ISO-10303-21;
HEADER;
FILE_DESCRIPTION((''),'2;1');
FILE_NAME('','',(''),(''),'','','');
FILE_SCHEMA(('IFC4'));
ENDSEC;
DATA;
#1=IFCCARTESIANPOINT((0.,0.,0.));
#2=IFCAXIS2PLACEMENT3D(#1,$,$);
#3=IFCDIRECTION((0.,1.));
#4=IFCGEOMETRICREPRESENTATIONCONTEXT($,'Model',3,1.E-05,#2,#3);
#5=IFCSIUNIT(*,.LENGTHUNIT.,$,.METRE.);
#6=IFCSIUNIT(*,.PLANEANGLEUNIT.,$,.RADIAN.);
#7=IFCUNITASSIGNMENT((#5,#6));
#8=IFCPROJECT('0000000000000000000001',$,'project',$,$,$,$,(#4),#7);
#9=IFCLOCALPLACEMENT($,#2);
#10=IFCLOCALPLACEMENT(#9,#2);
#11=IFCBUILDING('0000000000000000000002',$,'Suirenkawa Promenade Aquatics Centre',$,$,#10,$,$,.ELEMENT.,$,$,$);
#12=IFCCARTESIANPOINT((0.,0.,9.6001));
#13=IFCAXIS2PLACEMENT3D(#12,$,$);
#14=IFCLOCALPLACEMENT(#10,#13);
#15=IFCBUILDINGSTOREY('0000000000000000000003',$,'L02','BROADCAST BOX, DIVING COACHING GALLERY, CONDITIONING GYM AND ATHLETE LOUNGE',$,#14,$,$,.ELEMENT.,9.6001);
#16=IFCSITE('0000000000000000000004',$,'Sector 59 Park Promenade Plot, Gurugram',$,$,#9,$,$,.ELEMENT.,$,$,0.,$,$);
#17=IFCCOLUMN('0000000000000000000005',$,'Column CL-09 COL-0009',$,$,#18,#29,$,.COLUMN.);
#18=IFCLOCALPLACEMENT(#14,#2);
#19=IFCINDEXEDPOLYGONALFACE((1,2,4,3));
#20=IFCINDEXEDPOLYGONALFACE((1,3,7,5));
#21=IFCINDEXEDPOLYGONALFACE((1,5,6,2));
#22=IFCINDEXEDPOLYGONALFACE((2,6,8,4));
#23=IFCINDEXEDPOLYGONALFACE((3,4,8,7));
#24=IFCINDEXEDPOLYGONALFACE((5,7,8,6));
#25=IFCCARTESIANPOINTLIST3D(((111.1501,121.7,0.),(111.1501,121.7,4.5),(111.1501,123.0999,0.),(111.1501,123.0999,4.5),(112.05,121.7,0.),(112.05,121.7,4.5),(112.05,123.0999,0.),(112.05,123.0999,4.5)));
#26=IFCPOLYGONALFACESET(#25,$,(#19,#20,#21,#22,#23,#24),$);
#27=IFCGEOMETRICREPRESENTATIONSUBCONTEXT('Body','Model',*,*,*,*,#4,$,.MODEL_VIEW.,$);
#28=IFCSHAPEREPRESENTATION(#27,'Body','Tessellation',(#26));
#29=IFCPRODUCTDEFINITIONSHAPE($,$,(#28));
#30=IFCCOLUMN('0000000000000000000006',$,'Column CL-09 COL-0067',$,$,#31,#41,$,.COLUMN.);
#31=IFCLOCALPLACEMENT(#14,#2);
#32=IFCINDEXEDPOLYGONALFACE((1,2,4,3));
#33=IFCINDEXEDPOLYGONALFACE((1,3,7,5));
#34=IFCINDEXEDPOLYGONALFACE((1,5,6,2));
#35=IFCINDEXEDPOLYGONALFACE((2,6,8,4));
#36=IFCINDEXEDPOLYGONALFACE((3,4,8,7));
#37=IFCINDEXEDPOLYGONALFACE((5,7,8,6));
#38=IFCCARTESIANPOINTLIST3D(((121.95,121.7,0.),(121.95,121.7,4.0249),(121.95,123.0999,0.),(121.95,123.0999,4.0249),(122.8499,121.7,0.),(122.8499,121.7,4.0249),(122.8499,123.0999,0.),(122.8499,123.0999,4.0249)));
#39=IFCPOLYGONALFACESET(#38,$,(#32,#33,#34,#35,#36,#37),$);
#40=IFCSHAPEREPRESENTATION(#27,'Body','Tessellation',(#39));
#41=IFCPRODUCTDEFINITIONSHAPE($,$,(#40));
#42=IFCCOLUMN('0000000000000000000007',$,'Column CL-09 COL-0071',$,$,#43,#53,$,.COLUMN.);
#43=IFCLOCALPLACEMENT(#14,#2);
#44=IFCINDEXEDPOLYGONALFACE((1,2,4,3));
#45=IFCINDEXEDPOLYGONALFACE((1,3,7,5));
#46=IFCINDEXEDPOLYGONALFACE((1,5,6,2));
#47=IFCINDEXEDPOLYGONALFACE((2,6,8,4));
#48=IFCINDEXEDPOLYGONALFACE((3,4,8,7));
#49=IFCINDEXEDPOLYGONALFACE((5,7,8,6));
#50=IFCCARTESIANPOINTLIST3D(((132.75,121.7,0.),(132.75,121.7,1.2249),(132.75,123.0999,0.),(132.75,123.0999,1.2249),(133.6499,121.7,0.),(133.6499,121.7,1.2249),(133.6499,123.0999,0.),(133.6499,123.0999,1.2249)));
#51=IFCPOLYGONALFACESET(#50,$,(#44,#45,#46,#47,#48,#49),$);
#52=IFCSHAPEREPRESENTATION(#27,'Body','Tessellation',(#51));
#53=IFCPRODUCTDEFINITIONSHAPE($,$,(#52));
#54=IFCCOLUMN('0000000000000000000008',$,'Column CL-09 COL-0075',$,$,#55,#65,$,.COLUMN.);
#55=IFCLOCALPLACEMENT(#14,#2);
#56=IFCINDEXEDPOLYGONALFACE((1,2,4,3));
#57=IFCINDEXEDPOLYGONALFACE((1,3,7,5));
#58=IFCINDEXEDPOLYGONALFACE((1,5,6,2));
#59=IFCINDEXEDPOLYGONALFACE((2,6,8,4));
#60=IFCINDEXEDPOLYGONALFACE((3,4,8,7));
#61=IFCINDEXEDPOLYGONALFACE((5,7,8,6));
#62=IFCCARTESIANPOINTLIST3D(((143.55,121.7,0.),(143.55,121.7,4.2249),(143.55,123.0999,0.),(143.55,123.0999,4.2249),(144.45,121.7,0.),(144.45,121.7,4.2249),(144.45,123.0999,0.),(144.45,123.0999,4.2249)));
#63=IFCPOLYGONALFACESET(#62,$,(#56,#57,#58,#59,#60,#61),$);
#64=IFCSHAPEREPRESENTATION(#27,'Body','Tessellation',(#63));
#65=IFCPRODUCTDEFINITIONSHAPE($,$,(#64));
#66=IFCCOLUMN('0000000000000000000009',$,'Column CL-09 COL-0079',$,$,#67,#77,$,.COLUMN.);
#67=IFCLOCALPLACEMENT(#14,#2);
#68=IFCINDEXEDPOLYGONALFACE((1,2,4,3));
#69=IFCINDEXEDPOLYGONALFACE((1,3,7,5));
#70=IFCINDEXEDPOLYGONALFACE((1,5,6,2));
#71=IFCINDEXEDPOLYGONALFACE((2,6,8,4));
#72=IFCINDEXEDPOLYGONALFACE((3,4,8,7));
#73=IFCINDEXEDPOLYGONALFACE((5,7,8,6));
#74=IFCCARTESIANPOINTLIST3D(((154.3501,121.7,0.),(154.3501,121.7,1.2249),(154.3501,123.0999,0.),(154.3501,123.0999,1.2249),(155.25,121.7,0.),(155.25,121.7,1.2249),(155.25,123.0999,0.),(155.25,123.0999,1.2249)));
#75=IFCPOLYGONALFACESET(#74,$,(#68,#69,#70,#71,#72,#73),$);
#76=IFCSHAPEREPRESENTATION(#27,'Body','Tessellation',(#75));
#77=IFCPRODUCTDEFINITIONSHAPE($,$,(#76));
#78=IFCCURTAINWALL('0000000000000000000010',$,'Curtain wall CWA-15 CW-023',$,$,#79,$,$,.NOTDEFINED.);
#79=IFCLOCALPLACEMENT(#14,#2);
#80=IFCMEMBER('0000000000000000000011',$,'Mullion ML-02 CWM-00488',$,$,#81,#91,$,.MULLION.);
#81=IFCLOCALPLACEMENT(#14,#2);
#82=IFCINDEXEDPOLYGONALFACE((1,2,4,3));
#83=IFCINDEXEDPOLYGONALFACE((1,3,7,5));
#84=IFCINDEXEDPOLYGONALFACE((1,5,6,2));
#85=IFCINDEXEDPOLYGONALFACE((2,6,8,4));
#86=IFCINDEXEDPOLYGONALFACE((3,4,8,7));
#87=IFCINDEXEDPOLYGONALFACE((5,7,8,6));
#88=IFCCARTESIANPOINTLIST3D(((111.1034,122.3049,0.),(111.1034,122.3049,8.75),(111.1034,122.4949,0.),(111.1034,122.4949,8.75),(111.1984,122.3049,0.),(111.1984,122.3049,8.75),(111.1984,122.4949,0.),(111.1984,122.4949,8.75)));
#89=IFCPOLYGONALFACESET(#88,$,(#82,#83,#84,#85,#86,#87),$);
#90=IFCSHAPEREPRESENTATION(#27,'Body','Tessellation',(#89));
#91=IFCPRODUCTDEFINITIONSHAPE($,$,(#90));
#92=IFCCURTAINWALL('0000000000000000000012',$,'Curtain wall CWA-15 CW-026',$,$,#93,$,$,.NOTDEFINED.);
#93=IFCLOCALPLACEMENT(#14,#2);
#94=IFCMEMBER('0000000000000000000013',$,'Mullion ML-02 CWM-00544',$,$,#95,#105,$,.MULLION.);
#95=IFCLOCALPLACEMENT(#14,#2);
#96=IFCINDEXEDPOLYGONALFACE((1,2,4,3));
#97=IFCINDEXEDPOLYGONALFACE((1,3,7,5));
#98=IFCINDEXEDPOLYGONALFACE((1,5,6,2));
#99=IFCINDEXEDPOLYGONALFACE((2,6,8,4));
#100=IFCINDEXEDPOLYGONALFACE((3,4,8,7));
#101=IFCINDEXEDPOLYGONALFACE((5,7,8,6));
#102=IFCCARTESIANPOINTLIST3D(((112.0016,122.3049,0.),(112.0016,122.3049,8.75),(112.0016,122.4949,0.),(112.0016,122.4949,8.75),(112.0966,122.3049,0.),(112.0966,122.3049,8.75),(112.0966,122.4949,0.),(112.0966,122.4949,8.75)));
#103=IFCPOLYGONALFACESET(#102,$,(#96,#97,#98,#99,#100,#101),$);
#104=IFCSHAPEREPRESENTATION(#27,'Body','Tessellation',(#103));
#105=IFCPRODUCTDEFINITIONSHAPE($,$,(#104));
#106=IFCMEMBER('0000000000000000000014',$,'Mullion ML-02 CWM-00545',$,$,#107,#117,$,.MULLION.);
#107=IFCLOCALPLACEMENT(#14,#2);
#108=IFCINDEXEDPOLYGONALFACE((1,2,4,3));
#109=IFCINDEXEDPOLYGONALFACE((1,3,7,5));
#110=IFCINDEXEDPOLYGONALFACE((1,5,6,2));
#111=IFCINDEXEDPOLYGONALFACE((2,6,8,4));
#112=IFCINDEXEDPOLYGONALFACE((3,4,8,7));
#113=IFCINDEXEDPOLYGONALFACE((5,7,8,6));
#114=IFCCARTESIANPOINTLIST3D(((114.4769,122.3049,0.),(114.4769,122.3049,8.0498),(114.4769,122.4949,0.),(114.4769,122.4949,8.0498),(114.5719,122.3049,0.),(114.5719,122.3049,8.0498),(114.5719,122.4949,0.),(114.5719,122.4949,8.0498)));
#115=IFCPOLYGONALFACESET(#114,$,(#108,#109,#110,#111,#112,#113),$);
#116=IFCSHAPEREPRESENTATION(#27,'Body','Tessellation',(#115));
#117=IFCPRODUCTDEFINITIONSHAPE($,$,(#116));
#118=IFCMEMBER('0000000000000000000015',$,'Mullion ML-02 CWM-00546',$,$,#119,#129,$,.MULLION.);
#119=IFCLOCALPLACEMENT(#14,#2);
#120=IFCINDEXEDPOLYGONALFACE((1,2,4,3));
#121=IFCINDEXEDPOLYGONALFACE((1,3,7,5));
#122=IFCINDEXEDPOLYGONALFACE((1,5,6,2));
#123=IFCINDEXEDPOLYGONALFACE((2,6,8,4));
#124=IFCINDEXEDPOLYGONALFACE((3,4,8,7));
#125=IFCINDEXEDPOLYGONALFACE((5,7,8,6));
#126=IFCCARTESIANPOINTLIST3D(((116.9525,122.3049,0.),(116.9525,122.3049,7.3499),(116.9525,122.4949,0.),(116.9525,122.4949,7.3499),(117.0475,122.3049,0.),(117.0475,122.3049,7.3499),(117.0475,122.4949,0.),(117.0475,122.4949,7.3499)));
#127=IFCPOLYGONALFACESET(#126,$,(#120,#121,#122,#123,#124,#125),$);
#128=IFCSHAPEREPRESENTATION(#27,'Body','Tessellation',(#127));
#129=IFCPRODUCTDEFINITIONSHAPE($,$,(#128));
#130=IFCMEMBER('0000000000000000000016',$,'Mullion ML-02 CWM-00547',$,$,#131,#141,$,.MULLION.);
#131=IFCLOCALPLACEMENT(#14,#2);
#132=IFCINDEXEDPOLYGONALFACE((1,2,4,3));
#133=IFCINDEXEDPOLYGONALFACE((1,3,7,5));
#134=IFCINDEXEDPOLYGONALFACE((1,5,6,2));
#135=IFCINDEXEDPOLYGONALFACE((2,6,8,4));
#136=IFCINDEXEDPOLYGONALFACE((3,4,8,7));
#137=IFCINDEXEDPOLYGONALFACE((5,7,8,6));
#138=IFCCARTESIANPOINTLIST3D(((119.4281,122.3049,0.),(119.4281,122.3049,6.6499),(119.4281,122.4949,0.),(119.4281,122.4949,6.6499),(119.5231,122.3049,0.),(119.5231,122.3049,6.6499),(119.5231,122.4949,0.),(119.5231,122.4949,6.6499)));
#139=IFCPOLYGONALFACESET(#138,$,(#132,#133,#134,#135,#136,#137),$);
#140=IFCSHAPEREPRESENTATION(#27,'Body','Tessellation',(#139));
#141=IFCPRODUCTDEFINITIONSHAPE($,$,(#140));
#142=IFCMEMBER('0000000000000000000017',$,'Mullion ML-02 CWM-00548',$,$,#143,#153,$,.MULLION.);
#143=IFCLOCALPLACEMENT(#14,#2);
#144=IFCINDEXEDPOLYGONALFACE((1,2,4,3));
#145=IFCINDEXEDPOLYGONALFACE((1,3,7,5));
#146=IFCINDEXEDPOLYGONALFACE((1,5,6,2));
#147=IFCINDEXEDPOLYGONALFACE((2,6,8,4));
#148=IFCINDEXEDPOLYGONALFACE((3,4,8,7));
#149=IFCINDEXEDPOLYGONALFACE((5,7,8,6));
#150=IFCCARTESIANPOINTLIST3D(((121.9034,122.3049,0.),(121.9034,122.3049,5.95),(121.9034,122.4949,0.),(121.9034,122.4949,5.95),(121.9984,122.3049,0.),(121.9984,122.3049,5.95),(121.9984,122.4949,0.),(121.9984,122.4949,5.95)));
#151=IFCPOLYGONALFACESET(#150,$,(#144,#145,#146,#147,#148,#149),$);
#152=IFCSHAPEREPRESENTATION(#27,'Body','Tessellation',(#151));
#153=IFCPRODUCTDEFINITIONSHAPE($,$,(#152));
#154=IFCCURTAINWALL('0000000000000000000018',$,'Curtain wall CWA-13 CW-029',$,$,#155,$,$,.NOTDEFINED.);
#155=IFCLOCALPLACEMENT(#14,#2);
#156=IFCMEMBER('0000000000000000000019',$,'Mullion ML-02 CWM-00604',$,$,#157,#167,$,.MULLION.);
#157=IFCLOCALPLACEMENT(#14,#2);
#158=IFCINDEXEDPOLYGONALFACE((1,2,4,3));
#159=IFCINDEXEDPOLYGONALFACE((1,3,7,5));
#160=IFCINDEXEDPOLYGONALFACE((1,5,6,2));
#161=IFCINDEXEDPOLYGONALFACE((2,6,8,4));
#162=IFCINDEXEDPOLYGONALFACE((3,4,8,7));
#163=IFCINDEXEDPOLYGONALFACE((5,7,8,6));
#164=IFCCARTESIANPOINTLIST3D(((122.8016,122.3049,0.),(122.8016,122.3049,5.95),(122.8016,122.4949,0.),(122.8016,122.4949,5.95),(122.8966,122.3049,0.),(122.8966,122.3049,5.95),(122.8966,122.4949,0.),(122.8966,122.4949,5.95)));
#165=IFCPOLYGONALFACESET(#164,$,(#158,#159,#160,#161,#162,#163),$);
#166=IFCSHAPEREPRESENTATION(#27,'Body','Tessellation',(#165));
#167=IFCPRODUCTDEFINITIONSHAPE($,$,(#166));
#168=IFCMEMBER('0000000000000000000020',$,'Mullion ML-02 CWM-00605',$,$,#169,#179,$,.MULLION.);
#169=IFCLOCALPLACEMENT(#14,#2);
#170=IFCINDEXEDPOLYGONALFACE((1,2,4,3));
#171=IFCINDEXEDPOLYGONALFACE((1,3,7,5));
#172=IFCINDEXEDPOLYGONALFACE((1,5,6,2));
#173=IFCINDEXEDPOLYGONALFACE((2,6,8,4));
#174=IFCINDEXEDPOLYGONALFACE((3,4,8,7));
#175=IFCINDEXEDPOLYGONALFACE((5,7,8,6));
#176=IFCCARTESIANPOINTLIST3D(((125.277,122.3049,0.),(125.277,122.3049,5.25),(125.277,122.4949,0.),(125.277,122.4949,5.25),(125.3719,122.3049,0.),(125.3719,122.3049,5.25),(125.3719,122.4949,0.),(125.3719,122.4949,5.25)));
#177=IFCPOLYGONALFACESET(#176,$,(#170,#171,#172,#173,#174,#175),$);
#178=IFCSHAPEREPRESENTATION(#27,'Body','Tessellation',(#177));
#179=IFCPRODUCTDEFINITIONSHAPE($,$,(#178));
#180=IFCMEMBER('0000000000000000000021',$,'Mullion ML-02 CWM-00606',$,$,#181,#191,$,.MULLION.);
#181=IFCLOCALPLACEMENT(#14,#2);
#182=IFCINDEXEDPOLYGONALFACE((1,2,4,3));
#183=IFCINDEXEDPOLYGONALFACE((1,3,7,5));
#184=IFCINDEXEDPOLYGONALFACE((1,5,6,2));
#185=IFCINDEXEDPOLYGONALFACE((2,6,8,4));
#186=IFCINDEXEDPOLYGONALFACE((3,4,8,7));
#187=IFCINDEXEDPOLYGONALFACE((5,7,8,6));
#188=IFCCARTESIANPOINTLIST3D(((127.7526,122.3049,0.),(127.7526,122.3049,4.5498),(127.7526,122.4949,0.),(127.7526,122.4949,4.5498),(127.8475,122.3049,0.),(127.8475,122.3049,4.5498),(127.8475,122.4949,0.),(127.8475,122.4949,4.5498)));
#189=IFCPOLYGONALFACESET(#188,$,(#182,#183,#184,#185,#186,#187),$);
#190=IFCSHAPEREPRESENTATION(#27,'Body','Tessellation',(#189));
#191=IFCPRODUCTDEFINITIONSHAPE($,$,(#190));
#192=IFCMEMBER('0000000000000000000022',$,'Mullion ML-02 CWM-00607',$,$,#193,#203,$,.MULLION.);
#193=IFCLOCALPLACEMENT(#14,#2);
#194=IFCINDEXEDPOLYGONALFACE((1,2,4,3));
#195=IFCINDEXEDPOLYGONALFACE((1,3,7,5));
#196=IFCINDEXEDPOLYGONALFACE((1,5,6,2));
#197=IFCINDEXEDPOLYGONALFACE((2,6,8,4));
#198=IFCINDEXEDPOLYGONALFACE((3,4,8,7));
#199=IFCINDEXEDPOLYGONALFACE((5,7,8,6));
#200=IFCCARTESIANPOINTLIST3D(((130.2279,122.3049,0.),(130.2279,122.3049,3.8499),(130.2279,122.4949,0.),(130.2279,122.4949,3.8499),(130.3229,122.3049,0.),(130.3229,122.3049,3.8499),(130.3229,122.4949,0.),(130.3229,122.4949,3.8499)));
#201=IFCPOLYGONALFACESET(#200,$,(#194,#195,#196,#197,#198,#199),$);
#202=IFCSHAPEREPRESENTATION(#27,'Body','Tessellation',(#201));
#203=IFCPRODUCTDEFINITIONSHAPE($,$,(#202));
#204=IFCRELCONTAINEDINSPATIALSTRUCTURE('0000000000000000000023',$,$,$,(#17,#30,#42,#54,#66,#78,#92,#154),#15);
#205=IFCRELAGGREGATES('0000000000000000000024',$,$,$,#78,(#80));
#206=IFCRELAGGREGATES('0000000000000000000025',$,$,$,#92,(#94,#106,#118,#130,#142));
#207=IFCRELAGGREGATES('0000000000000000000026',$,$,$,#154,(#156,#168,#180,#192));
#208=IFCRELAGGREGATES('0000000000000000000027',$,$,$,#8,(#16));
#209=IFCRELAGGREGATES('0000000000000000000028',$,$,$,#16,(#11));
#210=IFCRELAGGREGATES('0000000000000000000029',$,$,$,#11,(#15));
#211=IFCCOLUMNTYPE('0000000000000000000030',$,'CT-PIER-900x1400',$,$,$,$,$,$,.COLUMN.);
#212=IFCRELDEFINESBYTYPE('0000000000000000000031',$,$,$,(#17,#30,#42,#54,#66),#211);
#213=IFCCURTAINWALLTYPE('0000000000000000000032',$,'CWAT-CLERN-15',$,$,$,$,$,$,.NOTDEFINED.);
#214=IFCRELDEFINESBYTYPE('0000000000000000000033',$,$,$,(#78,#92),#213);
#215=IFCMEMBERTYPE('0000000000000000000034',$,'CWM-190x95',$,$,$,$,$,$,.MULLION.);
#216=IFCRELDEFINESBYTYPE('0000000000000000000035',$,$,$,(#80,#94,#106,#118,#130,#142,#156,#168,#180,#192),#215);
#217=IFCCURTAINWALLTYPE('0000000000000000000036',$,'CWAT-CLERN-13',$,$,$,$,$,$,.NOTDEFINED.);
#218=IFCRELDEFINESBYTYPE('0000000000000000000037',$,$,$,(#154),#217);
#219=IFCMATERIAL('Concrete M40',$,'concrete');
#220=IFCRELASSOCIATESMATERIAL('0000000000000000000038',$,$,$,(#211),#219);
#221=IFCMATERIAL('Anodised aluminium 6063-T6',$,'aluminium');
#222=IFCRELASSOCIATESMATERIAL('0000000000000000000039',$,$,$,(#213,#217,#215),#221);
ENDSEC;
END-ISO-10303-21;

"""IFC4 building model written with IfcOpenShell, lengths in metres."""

from ifc_helpers import new_model, si_unit, direction, frame, origin, origin_2d, place, context, subcontext, project, spatial, rectangle, extrude, material, material_profile, profile_set, type_object, element, aggregate, save


model = new_model("IFC4")

# Units and contexts
model_context = context("Model", 3, precision=1e-05, world=origin(), true_north=direction((0.0, 1.0)))
body_context = subcontext(model_context, "Body", "Model", "MODEL_VIEW")
ifc_project = project(units=[si_unit("LENGTHUNIT", "METRE"), si_unit("PLANEANGLEUNIT", "RADIAN")], contexts=[model_context])

# Site, building, storey
site_placement = place(None, origin())
site = spatial("IfcSite", under=ifc_project, at=site_placement, Name="Sector 59 Park Promenade Plot, Gurugram", CompositionType="ELEMENT", RefElevation=0.0)
building_placement = place(site_placement, origin())
building = spatial("IfcBuilding", under=site, at=building_placement, Name="Suirenkawa Promenade Aquatics Centre", CompositionType="ELEMENT")
storey_placement = place(building_placement, frame((0.0, 0.0, 9.6001)))
storey = spatial("IfcBuildingStorey", under=building, at=storey_placement, Name="L02", Description="BROADCAST BOX, DIVING COACHING GALLERY, CONDITIONING GYM AND ATHLETE LOUNGE", CompositionType="ELEMENT", Elevation=9.6001)

# Columns
ifc_material_1 = material(Name="Concrete M40", Category="concrete")
ifc_material_profile_1 = material_profile(ifc_material_1, rectangle(XDim=0.8999, YDim=1.3999, at=origin_2d()), Name="RC PIER 900x1400", Category="concrete")
ifc_profile_set_1 = profile_set([ifc_material_profile_1], Name="Concrete M40")
column_type = type_object("IfcColumnType", Name="CT-PIER-900x1400", PredefinedType="COLUMN", material=ifc_profile_set_1)
column_1_placement = place(storey_placement, frame((111.6001, 122.3999, 0.0), z_axis=(0.0, 0.0, 1.0), x_axis=(1.0, 0.0, 0.0)))
element("IfcColumn", 1, at=column_1_placement, inside=storey, type_object=column_type, Name="Column CL-09 COL-0009", PredefinedType="COLUMN", context=body_context, shape_type="SweptSolid", body=[
    extrude(rectangle(XDim=0.8999, YDim=1.3999, at=origin_2d()), origin(), (0.0, 0.0, 1.0), 4.5),
])
column_2_placement = place(storey_placement, frame((122.3999, 122.3999, 0.0), z_axis=(0.0, 0.0, 1.0), x_axis=(1.0, 0.0, 0.0)))
element("IfcColumn", 2, at=column_2_placement, inside=storey, type_object=column_type, Name="Column CL-09 COL-0067", PredefinedType="COLUMN", context=body_context, shape_type="SweptSolid", body=[
    extrude(rectangle(XDim=0.8999, YDim=1.3999, at=origin_2d()), origin(), (0.0, 0.0, 1.0), 4.0249),
])
column_3_placement = place(storey_placement, frame((133.2, 122.3999, 0.0), z_axis=(0.0, 0.0, 1.0), x_axis=(1.0, 0.0, 0.0)))
element("IfcColumn", 3, at=column_3_placement, inside=storey, type_object=column_type, Name="Column CL-09 COL-0071", PredefinedType="COLUMN", context=body_context, shape_type="SweptSolid", body=[
    extrude(rectangle(XDim=0.8999, YDim=1.3999, at=origin_2d()), origin(), (0.0, 0.0, 1.0), 1.2249),
])
column_4_placement = place(storey_placement, frame((144.0, 122.3999, 0.0), z_axis=(0.0, 0.0, 1.0), x_axis=(1.0, 0.0, 0.0)))
element("IfcColumn", 4, at=column_4_placement, inside=storey, type_object=column_type, Name="Column CL-09 COL-0075", PredefinedType="COLUMN", context=body_context, shape_type="SweptSolid", body=[
    extrude(rectangle(XDim=0.8999, YDim=1.3999, at=origin_2d()), origin(), (0.0, 0.0, 1.0), 4.2249),
])
column_5_placement = place(storey_placement, frame((154.8, 122.3999, 0.0), z_axis=(0.0, 0.0, 1.0), x_axis=(1.0, 0.0, 0.0)))
element("IfcColumn", 5, at=column_5_placement, inside=storey, type_object=column_type, Name="Column CL-09 COL-0079", PredefinedType="COLUMN", context=body_context, shape_type="SweptSolid", body=[
    extrude(rectangle(XDim=0.8999, YDim=1.3999, at=origin_2d()), origin(), (0.0, 0.0, 1.0), 1.2249),
])

# Curtain wall, member
ifc_material_2 = material(Name="Anodised aluminium 6063-T6", Category="aluminium")
curtain_wall_type_1 = type_object("IfcCurtainWallType", Name="CWAT-CLERN-15", PredefinedType="NOTDEFINED", material=ifc_material_2)
curtain_wall_1_placement = place(storey_placement, origin())
curtain_wall_1 = element("IfcCurtainWall", 6, at=curtain_wall_1_placement, inside=storey, type_object=curtain_wall_type_1, Name="Curtain wall CWA-15 CW-023", PredefinedType="NOTDEFINED")
ifc_material_profile_2 = material_profile(ifc_material_2, rectangle(XDim=0.095, YDim=0.1899, at=origin_2d()), Name="ALU MULL 95x190", Category="aluminium")
ifc_profile_set_2 = profile_set([ifc_material_profile_2], Name="Anodised aluminium 6063-T6")
member_type_1 = type_object("IfcMemberType", Name="CWM-190x95", PredefinedType="MULLION", material=ifc_profile_set_2)
member_1_placement = place(storey_placement, frame((111.1509, 122.3999, 0.0), z_axis=(0.0, 0.0, 1.0), x_axis=(1.0, 0.0, 0.0)))
member_1 = element("IfcMember", 7, at=member_1_placement, type_object=member_type_1, Name="Mullion ML-02 CWM-00488", PredefinedType="MULLION", context=body_context, shape_type="SweptSolid", body=[
    extrude(rectangle(XDim=0.095, YDim=0.1899, at=origin_2d()), origin(), (0.0, 0.0, 1.0), 8.75),
])

# Curtain walls, members
curtain_wall_2_placement = place(storey_placement, origin())
curtain_wall_2 = element("IfcCurtainWall", 8, at=curtain_wall_2_placement, inside=storey, type_object=curtain_wall_type_1, Name="Curtain wall CWA-15 CW-026", PredefinedType="NOTDEFINED")
member_2_placement = place(storey_placement, frame((112.0491, 122.3999, 0.0), z_axis=(0.0, 0.0, 1.0), x_axis=(1.0, 0.0, 0.0)))
member_2 = element("IfcMember", 9, at=member_2_placement, type_object=member_type_1, Name="Mullion ML-02 CWM-00544", PredefinedType="MULLION", context=body_context, shape_type="SweptSolid", body=[
    extrude(rectangle(XDim=0.095, YDim=0.1899, at=origin_2d()), origin(), (0.0, 0.0, 1.0), 8.75),
])
member_3_placement = place(storey_placement, frame((114.5244, 122.3999, 0.0), z_axis=(0.0, 0.0, 1.0), x_axis=(1.0, 0.0, 0.0)))
member_3 = element("IfcMember", 10, at=member_3_placement, type_object=member_type_1, Name="Mullion ML-02 CWM-00545", PredefinedType="MULLION", context=body_context, shape_type="SweptSolid", body=[
    extrude(rectangle(XDim=0.095, YDim=0.1899, at=origin_2d()), origin(), (0.0, 0.0, 1.0), 8.0498),
])
member_4_placement = place(storey_placement, frame((117.0, 122.3999, 0.0), z_axis=(0.0, 0.0, 1.0), x_axis=(1.0, 0.0, 0.0)))
member_4 = element("IfcMember", 11, at=member_4_placement, type_object=member_type_1, Name="Mullion ML-02 CWM-00546", PredefinedType="MULLION", context=body_context, shape_type="SweptSolid", body=[
    extrude(rectangle(XDim=0.095, YDim=0.1899, at=origin_2d()), origin(), (0.0, 0.0, 1.0), 7.3499),
])
member_5_placement = place(storey_placement, frame((119.4756, 122.3999, 0.0), z_axis=(0.0, 0.0, 1.0), x_axis=(1.0, 0.0, 0.0)))
member_5 = element("IfcMember", 12, at=member_5_placement, type_object=member_type_1, Name="Mullion ML-02 CWM-00547", PredefinedType="MULLION", context=body_context, shape_type="SweptSolid", body=[
    extrude(rectangle(XDim=0.095, YDim=0.1899, at=origin_2d()), origin(), (0.0, 0.0, 1.0), 6.6499),
])
member_6_placement = place(storey_placement, frame((121.9509, 122.3999, 0.0), z_axis=(0.0, 0.0, 1.0), x_axis=(1.0, 0.0, 0.0)))
member_6 = element("IfcMember", 13, at=member_6_placement, type_object=member_type_1, Name="Mullion ML-02 CWM-00548", PredefinedType="MULLION", context=body_context, shape_type="SweptSolid", body=[
    extrude(rectangle(XDim=0.095, YDim=0.1899, at=origin_2d()), origin(), (0.0, 0.0, 1.0), 5.95),
])
curtain_wall_type_2 = type_object("IfcCurtainWallType", Name="CWAT-CLERN-13", PredefinedType="NOTDEFINED", material=ifc_material_2)
curtain_wall_3_placement = place(storey_placement, origin())
curtain_wall_3 = element("IfcCurtainWall", 14, at=curtain_wall_3_placement, inside=storey, type_object=curtain_wall_type_2, Name="Curtain wall CWA-13 CW-029", PredefinedType="NOTDEFINED")
member_7_placement = place(storey_placement, frame((122.8491, 122.3999, 0.0), z_axis=(0.0, 0.0, 1.0), x_axis=(1.0, 0.0, 0.0)))
member_7 = element("IfcMember", 15, at=member_7_placement, type_object=member_type_1, Name="Mullion ML-02 CWM-00604", PredefinedType="MULLION", context=body_context, shape_type="SweptSolid", body=[
    extrude(rectangle(XDim=0.095, YDim=0.1899, at=origin_2d()), origin(), (0.0, 0.0, 1.0), 5.95),
])
member_8_placement = place(storey_placement, frame((125.3245, 122.3999, 0.0), z_axis=(0.0, 0.0, 1.0), x_axis=(1.0, 0.0, 0.0)))
member_8 = element("IfcMember", 16, at=member_8_placement, type_object=member_type_1, Name="Mullion ML-02 CWM-00605", PredefinedType="MULLION", context=body_context, shape_type="SweptSolid", body=[
    extrude(rectangle(XDim=0.095, YDim=0.1899, at=origin_2d()), origin(), (0.0, 0.0, 1.0), 5.25),
])
member_9_placement = place(storey_placement, frame((127.8, 122.3999, 0.0), z_axis=(0.0, 0.0, 1.0), x_axis=(1.0, 0.0, 0.0)))
member_9 = element("IfcMember", 17, at=member_9_placement, type_object=member_type_1, Name="Mullion ML-02 CWM-00606", PredefinedType="MULLION", context=body_context, shape_type="SweptSolid", body=[
    extrude(rectangle(XDim=0.095, YDim=0.1899, at=origin_2d()), origin(), (0.0, 0.0, 1.0), 4.5498),
])
member_10_placement = place(storey_placement, frame((130.2754, 122.3999, 0.0), z_axis=(0.0, 0.0, 1.0), x_axis=(1.0, 0.0, 0.0)))
member_10 = element("IfcMember", 18, at=member_10_placement, type_object=member_type_1, Name="Mullion ML-02 CWM-00607", PredefinedType="MULLION", context=body_context, shape_type="SweptSolid", body=[
    extrude(rectangle(XDim=0.095, YDim=0.1899, at=origin_2d()), origin(), (0.0, 0.0, 1.0), 3.8499),
])

aggregate(curtain_wall_1, [member_1])
aggregate(curtain_wall_2, [member_2, member_3, member_4, member_5, member_6])
aggregate(curtain_wall_3, [member_7, member_8, member_9, member_10])

save(model, "model.ifc")
